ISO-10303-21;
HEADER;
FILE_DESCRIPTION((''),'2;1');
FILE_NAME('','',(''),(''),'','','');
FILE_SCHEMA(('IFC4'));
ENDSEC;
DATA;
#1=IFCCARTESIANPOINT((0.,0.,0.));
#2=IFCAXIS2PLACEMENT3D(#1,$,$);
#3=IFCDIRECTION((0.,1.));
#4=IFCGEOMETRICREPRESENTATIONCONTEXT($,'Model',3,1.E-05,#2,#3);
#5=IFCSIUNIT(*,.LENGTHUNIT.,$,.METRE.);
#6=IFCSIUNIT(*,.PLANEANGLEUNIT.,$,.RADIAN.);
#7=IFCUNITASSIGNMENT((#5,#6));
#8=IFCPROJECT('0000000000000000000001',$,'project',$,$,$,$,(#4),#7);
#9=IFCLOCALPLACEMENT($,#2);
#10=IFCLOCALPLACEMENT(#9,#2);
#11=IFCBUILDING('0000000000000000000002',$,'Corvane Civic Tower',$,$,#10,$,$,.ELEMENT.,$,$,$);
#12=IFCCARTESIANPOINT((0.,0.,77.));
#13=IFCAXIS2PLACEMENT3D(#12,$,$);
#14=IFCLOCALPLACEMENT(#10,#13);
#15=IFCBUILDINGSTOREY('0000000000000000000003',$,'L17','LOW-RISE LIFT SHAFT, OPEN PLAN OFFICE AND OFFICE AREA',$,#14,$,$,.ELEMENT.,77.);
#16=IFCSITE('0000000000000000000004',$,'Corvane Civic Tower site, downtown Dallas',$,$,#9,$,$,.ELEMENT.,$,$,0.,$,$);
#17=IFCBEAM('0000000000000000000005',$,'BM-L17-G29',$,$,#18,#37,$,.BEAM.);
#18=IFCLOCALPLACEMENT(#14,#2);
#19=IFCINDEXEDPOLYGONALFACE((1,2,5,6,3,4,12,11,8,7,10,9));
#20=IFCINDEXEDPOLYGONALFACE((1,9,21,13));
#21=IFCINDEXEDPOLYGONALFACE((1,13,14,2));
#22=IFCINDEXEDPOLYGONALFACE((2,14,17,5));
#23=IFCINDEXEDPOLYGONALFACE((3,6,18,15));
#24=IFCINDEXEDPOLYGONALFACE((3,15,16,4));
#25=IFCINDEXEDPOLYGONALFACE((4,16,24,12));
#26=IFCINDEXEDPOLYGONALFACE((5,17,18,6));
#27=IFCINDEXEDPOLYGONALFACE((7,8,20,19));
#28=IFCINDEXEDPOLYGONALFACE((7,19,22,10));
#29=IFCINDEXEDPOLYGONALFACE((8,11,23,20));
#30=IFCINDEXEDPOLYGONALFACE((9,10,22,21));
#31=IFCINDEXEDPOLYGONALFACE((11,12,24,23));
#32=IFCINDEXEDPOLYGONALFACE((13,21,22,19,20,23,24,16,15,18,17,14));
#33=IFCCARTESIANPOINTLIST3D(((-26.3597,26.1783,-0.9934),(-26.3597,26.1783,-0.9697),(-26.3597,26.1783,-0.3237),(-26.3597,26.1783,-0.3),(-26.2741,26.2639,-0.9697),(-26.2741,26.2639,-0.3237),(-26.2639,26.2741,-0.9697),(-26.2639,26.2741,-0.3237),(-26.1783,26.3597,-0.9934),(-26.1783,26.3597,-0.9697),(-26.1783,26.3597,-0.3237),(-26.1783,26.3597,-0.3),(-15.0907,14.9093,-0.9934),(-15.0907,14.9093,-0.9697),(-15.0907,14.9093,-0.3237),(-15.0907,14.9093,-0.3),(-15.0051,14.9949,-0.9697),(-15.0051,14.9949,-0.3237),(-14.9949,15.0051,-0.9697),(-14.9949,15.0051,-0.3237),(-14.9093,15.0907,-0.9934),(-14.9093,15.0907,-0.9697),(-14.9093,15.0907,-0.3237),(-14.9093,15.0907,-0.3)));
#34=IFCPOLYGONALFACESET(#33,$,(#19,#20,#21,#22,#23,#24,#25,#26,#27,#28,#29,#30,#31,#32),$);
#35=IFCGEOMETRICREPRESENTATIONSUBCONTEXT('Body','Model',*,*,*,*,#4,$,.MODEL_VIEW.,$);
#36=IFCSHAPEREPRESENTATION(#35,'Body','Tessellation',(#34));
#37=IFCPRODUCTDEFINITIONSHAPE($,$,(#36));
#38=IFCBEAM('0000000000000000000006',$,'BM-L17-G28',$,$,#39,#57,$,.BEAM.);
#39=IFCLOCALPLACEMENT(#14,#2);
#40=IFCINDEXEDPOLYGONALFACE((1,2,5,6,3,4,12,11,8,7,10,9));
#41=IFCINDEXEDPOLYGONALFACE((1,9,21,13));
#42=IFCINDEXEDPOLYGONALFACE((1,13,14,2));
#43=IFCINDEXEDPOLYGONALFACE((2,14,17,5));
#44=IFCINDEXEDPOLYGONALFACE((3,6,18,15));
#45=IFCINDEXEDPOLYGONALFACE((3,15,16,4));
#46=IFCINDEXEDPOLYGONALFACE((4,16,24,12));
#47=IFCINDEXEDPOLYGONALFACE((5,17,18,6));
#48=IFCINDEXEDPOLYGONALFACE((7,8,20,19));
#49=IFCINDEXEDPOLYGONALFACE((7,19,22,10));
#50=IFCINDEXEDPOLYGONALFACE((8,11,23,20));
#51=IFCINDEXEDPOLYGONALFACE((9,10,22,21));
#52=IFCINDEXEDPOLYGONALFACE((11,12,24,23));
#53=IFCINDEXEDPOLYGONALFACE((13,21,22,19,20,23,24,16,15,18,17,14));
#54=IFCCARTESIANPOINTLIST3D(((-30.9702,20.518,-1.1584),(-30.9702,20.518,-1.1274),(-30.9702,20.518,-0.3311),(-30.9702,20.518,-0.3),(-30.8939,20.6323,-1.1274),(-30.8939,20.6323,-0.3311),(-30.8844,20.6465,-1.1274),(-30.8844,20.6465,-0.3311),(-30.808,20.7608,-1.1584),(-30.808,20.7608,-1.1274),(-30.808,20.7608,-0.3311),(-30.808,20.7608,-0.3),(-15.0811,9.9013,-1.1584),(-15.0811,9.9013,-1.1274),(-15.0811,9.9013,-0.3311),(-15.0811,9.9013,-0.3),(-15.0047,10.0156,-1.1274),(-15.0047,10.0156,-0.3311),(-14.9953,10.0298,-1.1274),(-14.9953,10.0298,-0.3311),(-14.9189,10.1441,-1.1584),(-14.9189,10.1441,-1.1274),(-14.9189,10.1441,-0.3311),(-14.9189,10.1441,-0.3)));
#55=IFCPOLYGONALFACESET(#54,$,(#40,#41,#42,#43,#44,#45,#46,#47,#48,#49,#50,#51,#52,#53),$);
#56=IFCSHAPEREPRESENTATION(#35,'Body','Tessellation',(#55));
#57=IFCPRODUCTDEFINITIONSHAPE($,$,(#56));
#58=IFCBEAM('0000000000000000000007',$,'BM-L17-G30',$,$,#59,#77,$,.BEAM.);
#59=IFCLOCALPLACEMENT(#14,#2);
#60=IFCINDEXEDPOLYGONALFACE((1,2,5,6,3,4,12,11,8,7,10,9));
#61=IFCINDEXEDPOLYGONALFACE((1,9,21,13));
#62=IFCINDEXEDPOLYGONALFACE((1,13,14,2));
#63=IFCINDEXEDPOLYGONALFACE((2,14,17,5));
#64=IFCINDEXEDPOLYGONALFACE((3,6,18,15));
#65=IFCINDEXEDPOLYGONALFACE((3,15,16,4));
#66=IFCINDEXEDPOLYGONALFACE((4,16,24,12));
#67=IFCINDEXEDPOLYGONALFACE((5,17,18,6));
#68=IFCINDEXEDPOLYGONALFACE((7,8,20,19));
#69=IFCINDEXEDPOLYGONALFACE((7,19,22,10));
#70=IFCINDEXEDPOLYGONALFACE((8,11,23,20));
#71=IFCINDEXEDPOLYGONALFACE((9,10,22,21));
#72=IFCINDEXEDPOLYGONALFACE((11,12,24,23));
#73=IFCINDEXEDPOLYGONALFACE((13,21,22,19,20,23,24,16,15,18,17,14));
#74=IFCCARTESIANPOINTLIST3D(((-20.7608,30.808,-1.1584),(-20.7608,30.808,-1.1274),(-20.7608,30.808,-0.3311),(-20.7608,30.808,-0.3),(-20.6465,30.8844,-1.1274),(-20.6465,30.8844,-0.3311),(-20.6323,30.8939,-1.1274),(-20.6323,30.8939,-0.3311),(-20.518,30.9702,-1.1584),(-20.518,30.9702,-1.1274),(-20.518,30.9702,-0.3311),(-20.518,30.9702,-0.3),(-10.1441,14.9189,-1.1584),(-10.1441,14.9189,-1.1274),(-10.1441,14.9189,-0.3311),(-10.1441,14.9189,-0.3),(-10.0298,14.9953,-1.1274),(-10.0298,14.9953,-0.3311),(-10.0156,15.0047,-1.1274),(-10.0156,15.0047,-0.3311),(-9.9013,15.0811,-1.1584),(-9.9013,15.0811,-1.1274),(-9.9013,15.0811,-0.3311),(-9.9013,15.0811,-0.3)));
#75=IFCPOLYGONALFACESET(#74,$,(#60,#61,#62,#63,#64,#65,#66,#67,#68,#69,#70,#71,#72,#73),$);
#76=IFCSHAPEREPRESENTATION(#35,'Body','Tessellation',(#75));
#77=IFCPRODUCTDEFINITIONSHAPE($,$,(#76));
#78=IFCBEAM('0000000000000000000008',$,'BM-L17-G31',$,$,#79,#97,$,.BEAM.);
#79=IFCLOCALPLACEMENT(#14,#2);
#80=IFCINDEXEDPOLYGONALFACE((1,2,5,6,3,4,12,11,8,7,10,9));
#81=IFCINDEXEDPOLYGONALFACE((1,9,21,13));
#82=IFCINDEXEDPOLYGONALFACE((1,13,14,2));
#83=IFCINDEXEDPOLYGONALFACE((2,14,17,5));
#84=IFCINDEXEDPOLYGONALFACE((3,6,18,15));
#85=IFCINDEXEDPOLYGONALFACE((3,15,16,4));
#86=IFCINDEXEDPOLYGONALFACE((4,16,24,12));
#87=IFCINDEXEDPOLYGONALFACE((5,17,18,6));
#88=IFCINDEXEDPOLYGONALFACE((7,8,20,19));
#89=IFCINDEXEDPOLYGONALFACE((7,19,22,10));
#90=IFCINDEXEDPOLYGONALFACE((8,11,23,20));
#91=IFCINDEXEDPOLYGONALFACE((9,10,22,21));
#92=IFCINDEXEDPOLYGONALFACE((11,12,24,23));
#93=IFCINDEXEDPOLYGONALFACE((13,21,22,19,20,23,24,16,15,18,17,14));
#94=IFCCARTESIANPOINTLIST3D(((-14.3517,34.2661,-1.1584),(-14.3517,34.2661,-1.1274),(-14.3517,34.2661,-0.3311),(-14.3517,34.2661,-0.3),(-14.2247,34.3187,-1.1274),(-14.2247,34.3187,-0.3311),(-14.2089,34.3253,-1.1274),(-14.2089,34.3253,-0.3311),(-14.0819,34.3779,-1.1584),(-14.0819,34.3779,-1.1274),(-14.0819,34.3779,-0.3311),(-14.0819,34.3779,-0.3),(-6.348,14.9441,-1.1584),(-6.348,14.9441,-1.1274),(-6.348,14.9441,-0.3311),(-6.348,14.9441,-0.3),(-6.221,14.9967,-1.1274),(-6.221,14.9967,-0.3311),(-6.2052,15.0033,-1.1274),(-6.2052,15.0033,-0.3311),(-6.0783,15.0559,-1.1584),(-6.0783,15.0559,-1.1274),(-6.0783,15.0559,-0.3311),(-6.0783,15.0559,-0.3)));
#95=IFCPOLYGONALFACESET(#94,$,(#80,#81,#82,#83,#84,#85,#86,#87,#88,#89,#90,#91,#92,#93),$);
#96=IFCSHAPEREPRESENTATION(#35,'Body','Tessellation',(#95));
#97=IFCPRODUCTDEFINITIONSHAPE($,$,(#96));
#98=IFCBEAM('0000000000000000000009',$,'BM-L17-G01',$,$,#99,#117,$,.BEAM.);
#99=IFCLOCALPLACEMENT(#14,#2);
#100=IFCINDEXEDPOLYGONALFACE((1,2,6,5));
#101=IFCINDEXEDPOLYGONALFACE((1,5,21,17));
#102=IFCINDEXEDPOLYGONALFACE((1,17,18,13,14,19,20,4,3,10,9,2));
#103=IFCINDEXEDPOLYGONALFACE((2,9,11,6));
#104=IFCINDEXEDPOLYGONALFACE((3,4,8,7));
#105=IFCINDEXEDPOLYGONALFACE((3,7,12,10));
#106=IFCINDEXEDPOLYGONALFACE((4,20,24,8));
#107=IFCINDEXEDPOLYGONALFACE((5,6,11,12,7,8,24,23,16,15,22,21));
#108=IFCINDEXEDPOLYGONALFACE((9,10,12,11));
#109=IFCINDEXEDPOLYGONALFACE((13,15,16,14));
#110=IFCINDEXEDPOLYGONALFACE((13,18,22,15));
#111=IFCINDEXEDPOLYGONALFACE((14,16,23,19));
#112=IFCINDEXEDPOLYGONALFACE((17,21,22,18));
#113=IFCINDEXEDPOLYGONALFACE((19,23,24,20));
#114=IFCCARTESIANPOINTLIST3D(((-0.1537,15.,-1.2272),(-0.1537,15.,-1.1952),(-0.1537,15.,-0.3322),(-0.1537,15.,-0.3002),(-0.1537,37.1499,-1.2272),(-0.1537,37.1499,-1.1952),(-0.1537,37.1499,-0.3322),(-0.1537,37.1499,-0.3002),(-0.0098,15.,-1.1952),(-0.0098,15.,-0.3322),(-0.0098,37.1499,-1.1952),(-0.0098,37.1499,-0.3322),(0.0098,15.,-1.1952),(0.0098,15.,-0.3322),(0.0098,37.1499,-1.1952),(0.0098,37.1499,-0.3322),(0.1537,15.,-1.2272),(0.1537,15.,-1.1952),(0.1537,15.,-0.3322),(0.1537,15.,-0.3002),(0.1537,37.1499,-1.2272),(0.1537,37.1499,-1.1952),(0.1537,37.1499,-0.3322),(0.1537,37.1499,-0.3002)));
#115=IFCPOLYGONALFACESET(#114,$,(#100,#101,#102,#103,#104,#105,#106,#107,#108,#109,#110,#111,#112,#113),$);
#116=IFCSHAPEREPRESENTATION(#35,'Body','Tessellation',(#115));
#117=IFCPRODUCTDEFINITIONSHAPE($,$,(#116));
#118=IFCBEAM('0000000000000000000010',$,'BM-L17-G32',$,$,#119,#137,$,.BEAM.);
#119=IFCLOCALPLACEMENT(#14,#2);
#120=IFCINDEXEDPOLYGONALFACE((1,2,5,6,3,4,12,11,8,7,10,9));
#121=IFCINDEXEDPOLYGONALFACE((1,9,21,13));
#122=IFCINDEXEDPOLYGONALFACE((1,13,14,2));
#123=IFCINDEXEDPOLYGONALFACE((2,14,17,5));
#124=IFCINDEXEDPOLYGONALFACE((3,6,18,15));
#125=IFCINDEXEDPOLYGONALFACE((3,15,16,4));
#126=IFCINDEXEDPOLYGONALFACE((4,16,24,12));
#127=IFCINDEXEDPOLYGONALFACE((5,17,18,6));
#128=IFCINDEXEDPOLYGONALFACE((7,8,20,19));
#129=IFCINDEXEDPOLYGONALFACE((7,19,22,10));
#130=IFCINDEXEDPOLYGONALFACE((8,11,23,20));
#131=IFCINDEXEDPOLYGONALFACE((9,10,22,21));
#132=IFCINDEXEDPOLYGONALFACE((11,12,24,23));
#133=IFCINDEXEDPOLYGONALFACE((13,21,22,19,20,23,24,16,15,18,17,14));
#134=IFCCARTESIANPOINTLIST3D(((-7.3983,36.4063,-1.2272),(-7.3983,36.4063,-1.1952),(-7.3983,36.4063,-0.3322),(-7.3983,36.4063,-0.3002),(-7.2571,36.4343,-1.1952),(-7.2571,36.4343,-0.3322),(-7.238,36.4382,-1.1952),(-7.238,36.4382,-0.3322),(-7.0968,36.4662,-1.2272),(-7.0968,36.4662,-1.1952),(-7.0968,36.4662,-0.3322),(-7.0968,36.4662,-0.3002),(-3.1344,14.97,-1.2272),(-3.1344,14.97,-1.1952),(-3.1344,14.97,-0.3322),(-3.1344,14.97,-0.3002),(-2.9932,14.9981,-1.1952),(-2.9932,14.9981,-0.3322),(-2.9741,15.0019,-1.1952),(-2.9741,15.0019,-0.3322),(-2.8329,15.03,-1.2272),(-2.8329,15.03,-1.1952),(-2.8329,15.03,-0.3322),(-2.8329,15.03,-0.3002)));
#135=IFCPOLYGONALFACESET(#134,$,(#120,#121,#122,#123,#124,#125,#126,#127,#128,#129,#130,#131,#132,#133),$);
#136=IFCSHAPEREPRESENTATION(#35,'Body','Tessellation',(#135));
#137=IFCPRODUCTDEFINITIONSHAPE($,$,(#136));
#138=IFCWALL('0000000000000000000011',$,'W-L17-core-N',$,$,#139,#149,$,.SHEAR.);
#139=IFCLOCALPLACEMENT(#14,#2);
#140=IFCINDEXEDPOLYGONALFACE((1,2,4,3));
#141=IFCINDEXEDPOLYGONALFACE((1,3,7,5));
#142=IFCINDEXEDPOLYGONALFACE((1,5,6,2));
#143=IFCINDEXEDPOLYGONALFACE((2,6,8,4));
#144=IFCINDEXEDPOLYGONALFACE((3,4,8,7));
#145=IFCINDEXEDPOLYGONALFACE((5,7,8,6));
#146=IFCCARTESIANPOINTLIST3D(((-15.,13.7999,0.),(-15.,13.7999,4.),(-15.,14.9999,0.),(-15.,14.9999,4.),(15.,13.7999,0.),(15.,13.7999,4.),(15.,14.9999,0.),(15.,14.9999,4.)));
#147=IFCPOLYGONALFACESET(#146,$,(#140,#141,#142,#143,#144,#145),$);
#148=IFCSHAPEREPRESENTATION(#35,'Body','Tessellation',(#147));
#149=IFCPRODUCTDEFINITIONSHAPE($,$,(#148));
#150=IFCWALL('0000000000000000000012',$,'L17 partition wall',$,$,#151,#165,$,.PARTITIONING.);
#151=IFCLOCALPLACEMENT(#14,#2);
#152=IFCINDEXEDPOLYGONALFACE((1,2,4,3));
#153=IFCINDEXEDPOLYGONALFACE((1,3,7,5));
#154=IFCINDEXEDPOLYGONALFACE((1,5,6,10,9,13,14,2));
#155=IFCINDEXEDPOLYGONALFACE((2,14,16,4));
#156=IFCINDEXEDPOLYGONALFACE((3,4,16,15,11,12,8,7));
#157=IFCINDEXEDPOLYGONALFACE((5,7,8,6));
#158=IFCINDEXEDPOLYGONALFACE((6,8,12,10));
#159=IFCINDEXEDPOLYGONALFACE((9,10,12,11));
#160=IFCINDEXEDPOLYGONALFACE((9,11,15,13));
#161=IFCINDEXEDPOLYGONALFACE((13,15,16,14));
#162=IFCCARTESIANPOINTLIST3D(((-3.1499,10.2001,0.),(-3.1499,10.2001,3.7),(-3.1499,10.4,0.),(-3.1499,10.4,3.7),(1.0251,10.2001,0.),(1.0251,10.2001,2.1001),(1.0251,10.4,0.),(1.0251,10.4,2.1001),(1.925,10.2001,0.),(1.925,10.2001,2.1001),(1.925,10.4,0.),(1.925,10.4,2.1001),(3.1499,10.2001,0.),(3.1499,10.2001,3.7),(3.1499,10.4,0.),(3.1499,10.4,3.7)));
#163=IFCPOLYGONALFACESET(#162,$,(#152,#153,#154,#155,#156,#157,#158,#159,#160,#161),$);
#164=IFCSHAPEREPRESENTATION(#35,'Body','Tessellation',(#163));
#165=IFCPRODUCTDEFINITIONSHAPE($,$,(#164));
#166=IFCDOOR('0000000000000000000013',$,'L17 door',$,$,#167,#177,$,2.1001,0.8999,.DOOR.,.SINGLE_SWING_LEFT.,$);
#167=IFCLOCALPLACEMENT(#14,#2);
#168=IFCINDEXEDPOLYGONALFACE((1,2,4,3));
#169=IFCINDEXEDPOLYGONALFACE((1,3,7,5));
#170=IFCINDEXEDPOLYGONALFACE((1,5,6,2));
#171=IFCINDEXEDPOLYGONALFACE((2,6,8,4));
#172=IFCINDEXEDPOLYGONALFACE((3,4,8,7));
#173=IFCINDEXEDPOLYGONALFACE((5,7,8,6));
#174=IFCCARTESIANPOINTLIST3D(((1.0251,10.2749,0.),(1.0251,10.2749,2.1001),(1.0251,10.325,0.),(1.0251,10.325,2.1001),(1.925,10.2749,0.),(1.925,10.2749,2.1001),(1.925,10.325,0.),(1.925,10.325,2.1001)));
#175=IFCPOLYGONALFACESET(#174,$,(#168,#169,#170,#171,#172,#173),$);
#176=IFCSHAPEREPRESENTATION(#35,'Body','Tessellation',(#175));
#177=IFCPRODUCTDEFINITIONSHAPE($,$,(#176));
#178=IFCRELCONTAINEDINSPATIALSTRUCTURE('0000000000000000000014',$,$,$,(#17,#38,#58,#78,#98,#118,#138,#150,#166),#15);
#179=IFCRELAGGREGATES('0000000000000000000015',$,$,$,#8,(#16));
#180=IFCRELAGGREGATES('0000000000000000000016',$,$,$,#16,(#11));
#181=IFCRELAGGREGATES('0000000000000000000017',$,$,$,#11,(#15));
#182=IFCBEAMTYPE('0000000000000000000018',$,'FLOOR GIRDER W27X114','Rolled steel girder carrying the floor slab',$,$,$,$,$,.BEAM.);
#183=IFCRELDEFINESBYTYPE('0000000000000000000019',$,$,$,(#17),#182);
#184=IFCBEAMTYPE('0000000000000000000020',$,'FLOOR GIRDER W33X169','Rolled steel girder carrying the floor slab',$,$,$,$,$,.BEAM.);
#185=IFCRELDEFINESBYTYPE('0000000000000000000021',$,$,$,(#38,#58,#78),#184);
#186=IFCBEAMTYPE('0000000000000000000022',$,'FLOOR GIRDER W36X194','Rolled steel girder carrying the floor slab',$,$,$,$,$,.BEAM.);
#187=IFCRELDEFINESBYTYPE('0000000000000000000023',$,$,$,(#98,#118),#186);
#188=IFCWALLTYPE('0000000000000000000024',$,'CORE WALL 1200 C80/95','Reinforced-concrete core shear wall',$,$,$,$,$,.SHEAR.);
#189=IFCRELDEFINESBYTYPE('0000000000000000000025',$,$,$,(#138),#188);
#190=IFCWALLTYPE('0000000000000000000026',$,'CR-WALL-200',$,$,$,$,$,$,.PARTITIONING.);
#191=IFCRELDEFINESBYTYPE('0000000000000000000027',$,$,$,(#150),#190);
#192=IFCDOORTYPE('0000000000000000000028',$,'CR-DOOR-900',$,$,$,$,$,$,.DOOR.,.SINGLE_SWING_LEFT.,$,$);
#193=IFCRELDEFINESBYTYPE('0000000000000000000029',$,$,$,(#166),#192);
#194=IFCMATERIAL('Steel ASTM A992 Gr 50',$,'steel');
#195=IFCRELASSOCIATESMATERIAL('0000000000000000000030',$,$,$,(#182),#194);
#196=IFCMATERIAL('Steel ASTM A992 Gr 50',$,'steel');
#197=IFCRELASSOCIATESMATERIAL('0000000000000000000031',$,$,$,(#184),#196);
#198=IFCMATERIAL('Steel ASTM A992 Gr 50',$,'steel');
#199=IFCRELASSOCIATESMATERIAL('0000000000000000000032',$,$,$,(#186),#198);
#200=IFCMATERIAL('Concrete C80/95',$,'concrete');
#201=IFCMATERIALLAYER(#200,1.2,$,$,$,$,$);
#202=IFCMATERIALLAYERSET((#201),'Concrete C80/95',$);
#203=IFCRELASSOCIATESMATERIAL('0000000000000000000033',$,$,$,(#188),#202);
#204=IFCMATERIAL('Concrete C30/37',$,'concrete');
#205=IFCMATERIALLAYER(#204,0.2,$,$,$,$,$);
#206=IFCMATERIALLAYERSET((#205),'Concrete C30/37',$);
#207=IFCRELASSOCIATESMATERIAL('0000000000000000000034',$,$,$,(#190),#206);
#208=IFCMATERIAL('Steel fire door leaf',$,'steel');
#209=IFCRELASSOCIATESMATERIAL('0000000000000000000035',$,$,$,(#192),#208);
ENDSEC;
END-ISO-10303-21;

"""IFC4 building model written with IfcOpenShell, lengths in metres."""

from ifc_helpers import new_model, si_unit, direction, frame, frame_2d, origin, origin_2d, place, context, subcontext, project, spatial, rectangle, i_section, extrude, material, layer, layer_set, material_profile, profile_set, type_object, element, fill, save


model = new_model("IFC4")

# Units and contexts
model_context = context("Model", 3, precision=1e-05, world=origin(), true_north=direction((0.0, 1.0)))
body_context = subcontext(model_context, "Body", "Model", "MODEL_VIEW")
ifc_project = project(units=[si_unit("LENGTHUNIT", "METRE"), si_unit("PLANEANGLEUNIT", "RADIAN")], contexts=[model_context])

# Site, building, storey
site_placement = place(None, origin())
site = spatial("IfcSite", under=ifc_project, at=site_placement, Name="Corvane Civic Tower site, downtown Dallas", CompositionType="ELEMENT", RefElevation=0.0)
building_placement = place(site_placement, origin())
building = spatial("IfcBuilding", under=site, at=building_placement, Name="Corvane Civic Tower", CompositionType="ELEMENT")
storey_placement = place(building_placement, frame((0.0, 0.0, 77.0)))
storey = spatial("IfcBuildingStorey", under=building, at=storey_placement, Name="L17", Description="LOW-RISE LIFT SHAFT, OPEN PLAN OFFICE AND OFFICE AREA", CompositionType="ELEMENT", Elevation=77.0)

# Beams
ifc_material_1 = material(Name="Steel ASTM A992 Gr 50", Category="steel")
ifc_material_profile_1 = material_profile(ifc_material_1, i_section(OverallWidth=0.2566, OverallDepth=0.6934, WebThickness=0.0144, FlangeThickness=0.0237, at=origin_2d()), Name="W27X114")
ifc_profile_set_1 = profile_set([ifc_material_profile_1], Name="Steel ASTM A992 Gr 50")
beam_type_1 = type_object("IfcBeamType", Name="FLOOR GIRDER W27X114", Description="Rolled steel girder carrying the floor slab", PredefinedType="BEAM", material=ifc_profile_set_1)
beam_1_placement = place(storey_placement, frame((-15.0, 15.0, -0.6467), z_axis=(-0.707107, 0.707107, 0.0), x_axis=(-0.707107, -0.707107, 0.0)))
element("IfcBeam", 1, at=beam_1_placement, inside=storey, type_object=beam_type_1, Name="BM-L17-G29", PredefinedType="BEAM", context=body_context, shape_type="SweptSolid", body=[
    extrude(i_section(OverallWidth=0.2566, OverallDepth=0.6934, WebThickness=0.0144, FlangeThickness=0.0237, at=origin_2d()), origin(), (0.0, 0.0, 1.0), 15.9368),
])
ifc_material_2 = material(Name="Steel ASTM A992 Gr 50", Category="steel")
ifc_material_profile_2 = material_profile(ifc_material_2, i_section(OverallWidth=0.292, OverallDepth=0.8584, WebThickness=0.0171, FlangeThickness=0.031, at=origin_2d()), Name="W33X169")
ifc_profile_set_2 = profile_set([ifc_material_profile_2], Name="Steel ASTM A992 Gr 50")
beam_type_2 = type_object("IfcBeamType", Name="FLOOR GIRDER W33X169", Description="Rolled steel girder carrying the floor slab", PredefinedType="BEAM", material=ifc_profile_set_2)
for number, where, z_axis, x_axis, name in (
    (2, (-15.0, 10.0227, -0.7292), (-0.831472, 0.555567, 0.0), (-0.555567, -0.831472, 0.0), "BM-L17-G28"),
    (3, (-10.0227, 15.0, -0.7292), (-0.555567, 0.831472, 0.0), (-0.831472, -0.555567, 0.0), "BM-L17-G30"),
):
    element("IfcBeam", number, at=place(storey_placement, frame(where, z_axis=z_axis, x_axis=x_axis)), inside=storey, type_object=beam_type_2, Name=name, PredefinedType="BEAM", context=body_context, shape_type="SweptSolid", body=[
        extrude(i_section(OverallWidth=0.292, OverallDepth=0.8584, WebThickness=0.0171, FlangeThickness=0.031, at=origin_2d()), origin(), (0.0, 0.0, 1.0), 19.1096),
    ])
beam_2_placement = place(storey_placement, frame((-6.2131, 15.0, -0.7292), z_axis=(-0.382692, 0.923876, 0.0), x_axis=(-0.923876, -0.382692, 0.0)))
element("IfcBeam", 4, at=beam_2_placement, inside=storey, type_object=beam_type_2, Name="BM-L17-G31", PredefinedType="BEAM", context=body_context, shape_type="SweptSolid", body=[
    extrude(i_section(OverallWidth=0.292, OverallDepth=0.8584, WebThickness=0.0171, FlangeThickness=0.031, at=origin_2d()), origin(), (0.0, 0.0, 1.0), 20.9141),
])
ifc_material_3 = material(Name="Steel ASTM A992 Gr 50", Category="steel")
ifc_material_profile_3 = material_profile(ifc_material_3, i_section(OverallWidth=0.3074, OverallDepth=0.927, WebThickness=0.0195, FlangeThickness=0.032, at=origin_2d()), Name="W36X194")
ifc_profile_set_3 = profile_set([ifc_material_profile_3], Name="Steel ASTM A992 Gr 50")
beam_type_3 = type_object("IfcBeamType", Name="FLOOR GIRDER W36X194", Description="Rolled steel girder carrying the floor slab", PredefinedType="BEAM", material=ifc_profile_set_3)
beam_3_placement = place(storey_placement, frame((0.0, 15.0, -0.7637), z_axis=(0.0, 1.0, 0.0), x_axis=(-1.0, 0.0, 0.0)))
element("IfcBeam", 5, at=beam_3_placement, inside=storey, type_object=beam_type_3, Name="BM-L17-G01", PredefinedType="BEAM", context=body_context, shape_type="SweptSolid", body=[
    extrude(i_section(OverallWidth=0.3074, OverallDepth=0.927, WebThickness=0.0195, FlangeThickness=0.032, at=origin_2d()), origin(), (0.0, 0.0, 1.0), 22.1499),
])
beam_4_placement = place(storey_placement, frame((-2.9836, 15.0, -0.7637), z_axis=(-0.195089, 0.980785, 0.0), x_axis=(-0.980785, -0.195089, 0.0)))
element("IfcBeam", 6, at=beam_4_placement, inside=storey, type_object=beam_type_3, Name="BM-L17-G32", PredefinedType="BEAM", context=body_context, shape_type="SweptSolid", body=[
    extrude(i_section(OverallWidth=0.3074, OverallDepth=0.927, WebThickness=0.0195, FlangeThickness=0.032, at=origin_2d()), origin(), (0.0, 0.0, 1.0), 21.8562),
])

# Wall
ifc_material_4 = material(Name="Concrete C80/95", Category="concrete")
ifc_layer_1 = layer(ifc_material_4, 1.2)
ifc_layer_set_1 = layer_set([ifc_layer_1], Name="Concrete C80/95")
wall_type_1 = type_object("IfcWallType", Name="CORE WALL 1200 C80/95", Description="Reinforced-concrete core shear wall", PredefinedType="SHEAR", material=ifc_layer_set_1)
wall_1_placement = place(storey_placement, frame((-15.0, 14.3999, 0.0), z_axis=(0.0, 0.0, 1.0), x_axis=(1.0, 0.0, 0.0)))
element("IfcWall", 7, at=wall_1_placement, inside=storey, type_object=wall_type_1, Name="W-L17-core-N", PredefinedType="SHEAR", context=body_context, shape_type="SweptSolid", body=[
    extrude(rectangle(XDim=30.0, YDim=1.2, at=frame_2d((15.0, 0.0))), origin(), (0.0, 0.0, 1.0), 4.0),
])

# Wall, opening, door
ifc_material_5 = material(Name="Concrete C30/37", Category="concrete")
ifc_layer_2 = layer(ifc_material_5, 0.2)
ifc_layer_set_2 = layer_set([ifc_layer_2], Name="Concrete C30/37")
wall_type_2 = type_object("IfcWallType", Name="CR-WALL-200", PredefinedType="PARTITIONING", material=ifc_layer_set_2)
wall_2_placement = place(storey_placement, frame((-3.1499, 10.3, 0.0), z_axis=(0.0, 0.0, 1.0), x_axis=(1.0, 0.0, 0.0)))
wall_2 = element("IfcWall", 8, at=wall_2_placement, inside=storey, type_object=wall_type_2, Name="L17 partition wall", PredefinedType="PARTITIONING", context=body_context, shape_type="SweptSolid", body=[
    extrude(rectangle(XDim=6.2998, YDim=0.2, at=frame_2d((3.1499, 0.0))), origin(), (0.0, 0.0, 1.0), 3.7),
])
opening_1_placement = place(wall_2_placement, frame((4.175, 0.0, 0.0)))
opening_1 = element("IfcOpeningElement", 9, at=opening_1_placement, cuts=wall_2, PredefinedType="OPENING", context=body_context, shape_type="SweptSolid", body=[
    extrude(rectangle(XDim=0.8999, YDim=2.1001, at=frame_2d((0.45, 1.05))), frame((0.0, 0.1099, 0.0), z_axis=(0.0, -1.0, 0.0), x_axis=(1.0, 0.0, 0.0)), (0.0, 0.0, 1.0), 0.22),
])
ifc_material_6 = material(Name="Steel fire door leaf", Category="steel")
door_type_1 = type_object("IfcDoorType", Name="CR-DOOR-900", OperationType="SINGLE_SWING_LEFT", PredefinedType="DOOR", material=ifc_material_6)
door_1_placement = place(opening_1_placement, origin())
door_1 = element("IfcDoor", 10, at=door_1_placement, inside=storey, type_object=door_type_1, Name="L17 door", OperationType="SINGLE_SWING_LEFT", OverallHeight=2.1001, OverallWidth=0.8999, PredefinedType="DOOR", context=body_context, shape_type="SweptSolid", body=[
    extrude(rectangle(XDim=0.8999, YDim=2.1001, at=frame_2d((0.45, 1.05))), frame((0.0, 0.0249, 0.0), z_axis=(0.0, -1.0, 0.0), x_axis=(1.0, 0.0, 0.0)), (0.0, 0.0, 1.0), 0.05),
])
fill(opening_1, door_1)

save(model, "model.ifc")
